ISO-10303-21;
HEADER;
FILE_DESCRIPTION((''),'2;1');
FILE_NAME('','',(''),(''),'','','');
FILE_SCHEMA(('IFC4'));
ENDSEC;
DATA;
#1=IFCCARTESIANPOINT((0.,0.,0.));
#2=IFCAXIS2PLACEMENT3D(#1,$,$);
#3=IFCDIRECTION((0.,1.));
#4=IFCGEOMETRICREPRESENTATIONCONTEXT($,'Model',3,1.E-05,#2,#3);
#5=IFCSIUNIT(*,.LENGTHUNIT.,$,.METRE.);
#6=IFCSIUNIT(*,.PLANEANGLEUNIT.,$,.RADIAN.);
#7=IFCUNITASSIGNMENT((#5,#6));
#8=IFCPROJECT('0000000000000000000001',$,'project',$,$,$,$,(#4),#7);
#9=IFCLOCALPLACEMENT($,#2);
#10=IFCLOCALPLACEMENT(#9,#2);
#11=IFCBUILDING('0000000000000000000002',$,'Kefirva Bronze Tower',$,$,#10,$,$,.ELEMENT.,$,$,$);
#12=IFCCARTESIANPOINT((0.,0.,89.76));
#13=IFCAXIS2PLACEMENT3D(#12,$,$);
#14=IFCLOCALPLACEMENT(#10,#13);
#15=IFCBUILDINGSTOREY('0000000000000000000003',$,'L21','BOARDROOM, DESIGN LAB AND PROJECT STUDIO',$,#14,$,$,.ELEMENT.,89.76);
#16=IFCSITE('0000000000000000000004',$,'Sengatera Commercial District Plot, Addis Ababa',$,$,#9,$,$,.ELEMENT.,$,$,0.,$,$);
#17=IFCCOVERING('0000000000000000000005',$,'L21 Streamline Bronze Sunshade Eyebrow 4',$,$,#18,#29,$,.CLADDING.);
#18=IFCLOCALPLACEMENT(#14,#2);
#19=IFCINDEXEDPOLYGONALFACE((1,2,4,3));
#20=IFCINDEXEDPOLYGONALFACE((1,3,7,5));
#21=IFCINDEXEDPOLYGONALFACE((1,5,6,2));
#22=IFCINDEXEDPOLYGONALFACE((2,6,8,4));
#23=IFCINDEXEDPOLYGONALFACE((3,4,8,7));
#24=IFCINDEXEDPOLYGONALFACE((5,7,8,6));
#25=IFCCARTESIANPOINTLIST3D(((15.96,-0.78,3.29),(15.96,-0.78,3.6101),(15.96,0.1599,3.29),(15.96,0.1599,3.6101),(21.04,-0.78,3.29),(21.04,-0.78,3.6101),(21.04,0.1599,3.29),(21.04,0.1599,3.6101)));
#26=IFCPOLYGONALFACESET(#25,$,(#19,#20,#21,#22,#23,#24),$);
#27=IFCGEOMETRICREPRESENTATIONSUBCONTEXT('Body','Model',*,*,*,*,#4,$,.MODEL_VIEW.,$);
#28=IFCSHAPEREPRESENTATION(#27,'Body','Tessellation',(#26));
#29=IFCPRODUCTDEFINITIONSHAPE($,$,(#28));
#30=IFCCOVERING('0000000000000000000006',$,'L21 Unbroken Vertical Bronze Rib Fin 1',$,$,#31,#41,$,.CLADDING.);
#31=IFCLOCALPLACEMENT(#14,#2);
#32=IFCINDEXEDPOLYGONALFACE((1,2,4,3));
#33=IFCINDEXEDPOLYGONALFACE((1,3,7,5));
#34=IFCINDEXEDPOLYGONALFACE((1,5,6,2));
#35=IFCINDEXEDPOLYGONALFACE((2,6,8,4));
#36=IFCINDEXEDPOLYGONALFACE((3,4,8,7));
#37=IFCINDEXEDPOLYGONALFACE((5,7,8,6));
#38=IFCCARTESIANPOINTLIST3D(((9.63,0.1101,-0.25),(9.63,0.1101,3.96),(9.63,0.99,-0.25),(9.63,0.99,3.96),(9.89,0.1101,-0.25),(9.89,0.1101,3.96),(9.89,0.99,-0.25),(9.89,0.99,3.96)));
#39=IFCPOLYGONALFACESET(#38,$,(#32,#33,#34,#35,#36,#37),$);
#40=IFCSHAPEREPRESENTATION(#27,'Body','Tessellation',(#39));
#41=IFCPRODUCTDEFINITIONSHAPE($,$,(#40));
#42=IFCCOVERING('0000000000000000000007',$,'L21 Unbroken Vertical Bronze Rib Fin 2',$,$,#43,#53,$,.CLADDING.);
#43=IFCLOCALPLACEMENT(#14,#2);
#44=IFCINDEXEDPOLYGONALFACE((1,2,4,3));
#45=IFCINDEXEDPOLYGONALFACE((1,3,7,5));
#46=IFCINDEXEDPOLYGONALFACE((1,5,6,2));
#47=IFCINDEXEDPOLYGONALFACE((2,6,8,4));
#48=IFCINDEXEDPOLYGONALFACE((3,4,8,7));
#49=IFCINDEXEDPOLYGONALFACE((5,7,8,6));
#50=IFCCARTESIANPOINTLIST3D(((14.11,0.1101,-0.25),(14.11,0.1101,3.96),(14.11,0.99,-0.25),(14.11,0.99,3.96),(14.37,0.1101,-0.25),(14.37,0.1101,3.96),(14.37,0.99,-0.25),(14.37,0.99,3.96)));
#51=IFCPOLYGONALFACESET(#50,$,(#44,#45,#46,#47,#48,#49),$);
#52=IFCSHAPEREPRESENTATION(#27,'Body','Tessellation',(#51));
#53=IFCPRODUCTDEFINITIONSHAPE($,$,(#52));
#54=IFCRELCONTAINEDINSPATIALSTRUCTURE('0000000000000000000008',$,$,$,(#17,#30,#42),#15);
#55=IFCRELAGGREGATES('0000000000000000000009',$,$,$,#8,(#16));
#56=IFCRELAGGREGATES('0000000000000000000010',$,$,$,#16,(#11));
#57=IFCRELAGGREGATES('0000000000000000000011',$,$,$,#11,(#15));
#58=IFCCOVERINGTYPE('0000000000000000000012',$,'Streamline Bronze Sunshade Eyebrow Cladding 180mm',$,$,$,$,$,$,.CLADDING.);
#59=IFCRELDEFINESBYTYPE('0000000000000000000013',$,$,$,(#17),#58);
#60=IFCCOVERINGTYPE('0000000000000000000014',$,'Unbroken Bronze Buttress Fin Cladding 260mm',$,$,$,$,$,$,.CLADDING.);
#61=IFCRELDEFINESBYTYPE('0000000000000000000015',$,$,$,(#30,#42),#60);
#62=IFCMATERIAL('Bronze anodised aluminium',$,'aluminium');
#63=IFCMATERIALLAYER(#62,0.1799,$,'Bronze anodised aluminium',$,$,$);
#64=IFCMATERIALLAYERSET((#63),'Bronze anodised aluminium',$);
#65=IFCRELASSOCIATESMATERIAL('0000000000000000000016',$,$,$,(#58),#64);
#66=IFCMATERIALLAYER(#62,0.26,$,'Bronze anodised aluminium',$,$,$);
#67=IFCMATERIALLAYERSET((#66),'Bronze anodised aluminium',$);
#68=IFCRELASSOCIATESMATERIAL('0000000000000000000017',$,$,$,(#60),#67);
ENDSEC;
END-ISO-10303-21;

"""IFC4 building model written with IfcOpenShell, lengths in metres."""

from ifc_helpers import new_model, si_unit, direction, frame, origin, origin_2d, place, context, subcontext, project, spatial, rectangle, extrude, material, layer, layer_set, type_object, element, save


model = new_model("IFC4")

# Units and contexts
model_context = context("Model", 3, precision=1e-05, world=origin(), true_north=direction((0.0, 1.0)))
body_context = subcontext(model_context, "Body", "Model", "MODEL_VIEW")
ifc_project = project(units=[si_unit("LENGTHUNIT", "METRE"), si_unit("PLANEANGLEUNIT", "RADIAN")], contexts=[model_context])

# Site, building, storey
site_placement = place(None, origin())
site = spatial("IfcSite", under=ifc_project, at=site_placement, Name="Sengatera Commercial District Plot, Addis Ababa", CompositionType="ELEMENT", RefElevation=0.0)
building_placement = place(site_placement, origin())
building = spatial("IfcBuilding", under=site, at=building_placement, Name="Kefirva Bronze Tower", CompositionType="ELEMENT")
storey_placement = place(building_placement, frame((0.0, 0.0, 89.76)))
storey = spatial("IfcBuildingStorey", under=building, at=storey_placement, Name="L21", Description="BOARDROOM, DESIGN LAB AND PROJECT STUDIO", CompositionType="ELEMENT", Elevation=89.76)

# Coverings
ifc_material_1 = material(Name="Bronze anodised aluminium", Category="aluminium")
ifc_layer_1 = layer(ifc_material_1, 0.1799, Name="Bronze anodised aluminium")
ifc_layer_set_1 = layer_set([ifc_layer_1], Name="Bronze anodised aluminium")
covering_type_1 = type_object("IfcCoveringType", Name="Streamline Bronze Sunshade Eyebrow Cladding 180mm", PredefinedType="CLADDING", material=ifc_layer_set_1)
covering_1_placement = place(storey_placement, frame((18.5, -0.3101, 3.29), z_axis=(0.0, 0.0, 1.0), x_axis=(1.0, 0.0, 0.0)))
element("IfcCovering", 1, at=covering_1_placement, inside=storey, type_object=covering_type_1, Name="L21 Streamline Bronze Sunshade Eyebrow 4", PredefinedType="CLADDING", context=body_context, shape_type="SweptSolid", body=[
    extrude(rectangle(XDim=5.0801, YDim=0.9399, at=origin_2d()), origin(), (0.0, 0.0, 1.0), 0.3201),
])
ifc_layer_2 = layer(ifc_material_1, 0.26, Name="Bronze anodised aluminium")
ifc_layer_set_2 = layer_set([ifc_layer_2], Name="Bronze anodised aluminium")
covering_type_2 = type_object("IfcCoveringType", Name="Unbroken Bronze Buttress Fin Cladding 260mm", PredefinedType="CLADDING", material=ifc_layer_set_2)
for number, where, z_axis, x_axis, name in (
    (2, (9.76, 0.55, -0.25), (0.0, 0.0, 1.0), (1.0, 0.0, 0.0), "L21 Unbroken Vertical Bronze Rib Fin 1"),
    (3, (14.24, 0.55, -0.25), (0.0, 0.0, 1.0), (1.0, 0.0, 0.0), "L21 Unbroken Vertical Bronze Rib Fin 2"),
):
    element("IfcCovering", number, at=place(storey_placement, frame(where, z_axis=z_axis, x_axis=x_axis)), inside=storey, type_object=covering_type_2, Name=name, PredefinedType="CLADDING", context=body_context, shape_type="SweptSolid", body=[
        extrude(rectangle(XDim=0.26, YDim=0.8799, at=origin_2d()), origin(), (0.0, 0.0, 1.0), 4.21),
    ])

save(model, "model.ifc")
